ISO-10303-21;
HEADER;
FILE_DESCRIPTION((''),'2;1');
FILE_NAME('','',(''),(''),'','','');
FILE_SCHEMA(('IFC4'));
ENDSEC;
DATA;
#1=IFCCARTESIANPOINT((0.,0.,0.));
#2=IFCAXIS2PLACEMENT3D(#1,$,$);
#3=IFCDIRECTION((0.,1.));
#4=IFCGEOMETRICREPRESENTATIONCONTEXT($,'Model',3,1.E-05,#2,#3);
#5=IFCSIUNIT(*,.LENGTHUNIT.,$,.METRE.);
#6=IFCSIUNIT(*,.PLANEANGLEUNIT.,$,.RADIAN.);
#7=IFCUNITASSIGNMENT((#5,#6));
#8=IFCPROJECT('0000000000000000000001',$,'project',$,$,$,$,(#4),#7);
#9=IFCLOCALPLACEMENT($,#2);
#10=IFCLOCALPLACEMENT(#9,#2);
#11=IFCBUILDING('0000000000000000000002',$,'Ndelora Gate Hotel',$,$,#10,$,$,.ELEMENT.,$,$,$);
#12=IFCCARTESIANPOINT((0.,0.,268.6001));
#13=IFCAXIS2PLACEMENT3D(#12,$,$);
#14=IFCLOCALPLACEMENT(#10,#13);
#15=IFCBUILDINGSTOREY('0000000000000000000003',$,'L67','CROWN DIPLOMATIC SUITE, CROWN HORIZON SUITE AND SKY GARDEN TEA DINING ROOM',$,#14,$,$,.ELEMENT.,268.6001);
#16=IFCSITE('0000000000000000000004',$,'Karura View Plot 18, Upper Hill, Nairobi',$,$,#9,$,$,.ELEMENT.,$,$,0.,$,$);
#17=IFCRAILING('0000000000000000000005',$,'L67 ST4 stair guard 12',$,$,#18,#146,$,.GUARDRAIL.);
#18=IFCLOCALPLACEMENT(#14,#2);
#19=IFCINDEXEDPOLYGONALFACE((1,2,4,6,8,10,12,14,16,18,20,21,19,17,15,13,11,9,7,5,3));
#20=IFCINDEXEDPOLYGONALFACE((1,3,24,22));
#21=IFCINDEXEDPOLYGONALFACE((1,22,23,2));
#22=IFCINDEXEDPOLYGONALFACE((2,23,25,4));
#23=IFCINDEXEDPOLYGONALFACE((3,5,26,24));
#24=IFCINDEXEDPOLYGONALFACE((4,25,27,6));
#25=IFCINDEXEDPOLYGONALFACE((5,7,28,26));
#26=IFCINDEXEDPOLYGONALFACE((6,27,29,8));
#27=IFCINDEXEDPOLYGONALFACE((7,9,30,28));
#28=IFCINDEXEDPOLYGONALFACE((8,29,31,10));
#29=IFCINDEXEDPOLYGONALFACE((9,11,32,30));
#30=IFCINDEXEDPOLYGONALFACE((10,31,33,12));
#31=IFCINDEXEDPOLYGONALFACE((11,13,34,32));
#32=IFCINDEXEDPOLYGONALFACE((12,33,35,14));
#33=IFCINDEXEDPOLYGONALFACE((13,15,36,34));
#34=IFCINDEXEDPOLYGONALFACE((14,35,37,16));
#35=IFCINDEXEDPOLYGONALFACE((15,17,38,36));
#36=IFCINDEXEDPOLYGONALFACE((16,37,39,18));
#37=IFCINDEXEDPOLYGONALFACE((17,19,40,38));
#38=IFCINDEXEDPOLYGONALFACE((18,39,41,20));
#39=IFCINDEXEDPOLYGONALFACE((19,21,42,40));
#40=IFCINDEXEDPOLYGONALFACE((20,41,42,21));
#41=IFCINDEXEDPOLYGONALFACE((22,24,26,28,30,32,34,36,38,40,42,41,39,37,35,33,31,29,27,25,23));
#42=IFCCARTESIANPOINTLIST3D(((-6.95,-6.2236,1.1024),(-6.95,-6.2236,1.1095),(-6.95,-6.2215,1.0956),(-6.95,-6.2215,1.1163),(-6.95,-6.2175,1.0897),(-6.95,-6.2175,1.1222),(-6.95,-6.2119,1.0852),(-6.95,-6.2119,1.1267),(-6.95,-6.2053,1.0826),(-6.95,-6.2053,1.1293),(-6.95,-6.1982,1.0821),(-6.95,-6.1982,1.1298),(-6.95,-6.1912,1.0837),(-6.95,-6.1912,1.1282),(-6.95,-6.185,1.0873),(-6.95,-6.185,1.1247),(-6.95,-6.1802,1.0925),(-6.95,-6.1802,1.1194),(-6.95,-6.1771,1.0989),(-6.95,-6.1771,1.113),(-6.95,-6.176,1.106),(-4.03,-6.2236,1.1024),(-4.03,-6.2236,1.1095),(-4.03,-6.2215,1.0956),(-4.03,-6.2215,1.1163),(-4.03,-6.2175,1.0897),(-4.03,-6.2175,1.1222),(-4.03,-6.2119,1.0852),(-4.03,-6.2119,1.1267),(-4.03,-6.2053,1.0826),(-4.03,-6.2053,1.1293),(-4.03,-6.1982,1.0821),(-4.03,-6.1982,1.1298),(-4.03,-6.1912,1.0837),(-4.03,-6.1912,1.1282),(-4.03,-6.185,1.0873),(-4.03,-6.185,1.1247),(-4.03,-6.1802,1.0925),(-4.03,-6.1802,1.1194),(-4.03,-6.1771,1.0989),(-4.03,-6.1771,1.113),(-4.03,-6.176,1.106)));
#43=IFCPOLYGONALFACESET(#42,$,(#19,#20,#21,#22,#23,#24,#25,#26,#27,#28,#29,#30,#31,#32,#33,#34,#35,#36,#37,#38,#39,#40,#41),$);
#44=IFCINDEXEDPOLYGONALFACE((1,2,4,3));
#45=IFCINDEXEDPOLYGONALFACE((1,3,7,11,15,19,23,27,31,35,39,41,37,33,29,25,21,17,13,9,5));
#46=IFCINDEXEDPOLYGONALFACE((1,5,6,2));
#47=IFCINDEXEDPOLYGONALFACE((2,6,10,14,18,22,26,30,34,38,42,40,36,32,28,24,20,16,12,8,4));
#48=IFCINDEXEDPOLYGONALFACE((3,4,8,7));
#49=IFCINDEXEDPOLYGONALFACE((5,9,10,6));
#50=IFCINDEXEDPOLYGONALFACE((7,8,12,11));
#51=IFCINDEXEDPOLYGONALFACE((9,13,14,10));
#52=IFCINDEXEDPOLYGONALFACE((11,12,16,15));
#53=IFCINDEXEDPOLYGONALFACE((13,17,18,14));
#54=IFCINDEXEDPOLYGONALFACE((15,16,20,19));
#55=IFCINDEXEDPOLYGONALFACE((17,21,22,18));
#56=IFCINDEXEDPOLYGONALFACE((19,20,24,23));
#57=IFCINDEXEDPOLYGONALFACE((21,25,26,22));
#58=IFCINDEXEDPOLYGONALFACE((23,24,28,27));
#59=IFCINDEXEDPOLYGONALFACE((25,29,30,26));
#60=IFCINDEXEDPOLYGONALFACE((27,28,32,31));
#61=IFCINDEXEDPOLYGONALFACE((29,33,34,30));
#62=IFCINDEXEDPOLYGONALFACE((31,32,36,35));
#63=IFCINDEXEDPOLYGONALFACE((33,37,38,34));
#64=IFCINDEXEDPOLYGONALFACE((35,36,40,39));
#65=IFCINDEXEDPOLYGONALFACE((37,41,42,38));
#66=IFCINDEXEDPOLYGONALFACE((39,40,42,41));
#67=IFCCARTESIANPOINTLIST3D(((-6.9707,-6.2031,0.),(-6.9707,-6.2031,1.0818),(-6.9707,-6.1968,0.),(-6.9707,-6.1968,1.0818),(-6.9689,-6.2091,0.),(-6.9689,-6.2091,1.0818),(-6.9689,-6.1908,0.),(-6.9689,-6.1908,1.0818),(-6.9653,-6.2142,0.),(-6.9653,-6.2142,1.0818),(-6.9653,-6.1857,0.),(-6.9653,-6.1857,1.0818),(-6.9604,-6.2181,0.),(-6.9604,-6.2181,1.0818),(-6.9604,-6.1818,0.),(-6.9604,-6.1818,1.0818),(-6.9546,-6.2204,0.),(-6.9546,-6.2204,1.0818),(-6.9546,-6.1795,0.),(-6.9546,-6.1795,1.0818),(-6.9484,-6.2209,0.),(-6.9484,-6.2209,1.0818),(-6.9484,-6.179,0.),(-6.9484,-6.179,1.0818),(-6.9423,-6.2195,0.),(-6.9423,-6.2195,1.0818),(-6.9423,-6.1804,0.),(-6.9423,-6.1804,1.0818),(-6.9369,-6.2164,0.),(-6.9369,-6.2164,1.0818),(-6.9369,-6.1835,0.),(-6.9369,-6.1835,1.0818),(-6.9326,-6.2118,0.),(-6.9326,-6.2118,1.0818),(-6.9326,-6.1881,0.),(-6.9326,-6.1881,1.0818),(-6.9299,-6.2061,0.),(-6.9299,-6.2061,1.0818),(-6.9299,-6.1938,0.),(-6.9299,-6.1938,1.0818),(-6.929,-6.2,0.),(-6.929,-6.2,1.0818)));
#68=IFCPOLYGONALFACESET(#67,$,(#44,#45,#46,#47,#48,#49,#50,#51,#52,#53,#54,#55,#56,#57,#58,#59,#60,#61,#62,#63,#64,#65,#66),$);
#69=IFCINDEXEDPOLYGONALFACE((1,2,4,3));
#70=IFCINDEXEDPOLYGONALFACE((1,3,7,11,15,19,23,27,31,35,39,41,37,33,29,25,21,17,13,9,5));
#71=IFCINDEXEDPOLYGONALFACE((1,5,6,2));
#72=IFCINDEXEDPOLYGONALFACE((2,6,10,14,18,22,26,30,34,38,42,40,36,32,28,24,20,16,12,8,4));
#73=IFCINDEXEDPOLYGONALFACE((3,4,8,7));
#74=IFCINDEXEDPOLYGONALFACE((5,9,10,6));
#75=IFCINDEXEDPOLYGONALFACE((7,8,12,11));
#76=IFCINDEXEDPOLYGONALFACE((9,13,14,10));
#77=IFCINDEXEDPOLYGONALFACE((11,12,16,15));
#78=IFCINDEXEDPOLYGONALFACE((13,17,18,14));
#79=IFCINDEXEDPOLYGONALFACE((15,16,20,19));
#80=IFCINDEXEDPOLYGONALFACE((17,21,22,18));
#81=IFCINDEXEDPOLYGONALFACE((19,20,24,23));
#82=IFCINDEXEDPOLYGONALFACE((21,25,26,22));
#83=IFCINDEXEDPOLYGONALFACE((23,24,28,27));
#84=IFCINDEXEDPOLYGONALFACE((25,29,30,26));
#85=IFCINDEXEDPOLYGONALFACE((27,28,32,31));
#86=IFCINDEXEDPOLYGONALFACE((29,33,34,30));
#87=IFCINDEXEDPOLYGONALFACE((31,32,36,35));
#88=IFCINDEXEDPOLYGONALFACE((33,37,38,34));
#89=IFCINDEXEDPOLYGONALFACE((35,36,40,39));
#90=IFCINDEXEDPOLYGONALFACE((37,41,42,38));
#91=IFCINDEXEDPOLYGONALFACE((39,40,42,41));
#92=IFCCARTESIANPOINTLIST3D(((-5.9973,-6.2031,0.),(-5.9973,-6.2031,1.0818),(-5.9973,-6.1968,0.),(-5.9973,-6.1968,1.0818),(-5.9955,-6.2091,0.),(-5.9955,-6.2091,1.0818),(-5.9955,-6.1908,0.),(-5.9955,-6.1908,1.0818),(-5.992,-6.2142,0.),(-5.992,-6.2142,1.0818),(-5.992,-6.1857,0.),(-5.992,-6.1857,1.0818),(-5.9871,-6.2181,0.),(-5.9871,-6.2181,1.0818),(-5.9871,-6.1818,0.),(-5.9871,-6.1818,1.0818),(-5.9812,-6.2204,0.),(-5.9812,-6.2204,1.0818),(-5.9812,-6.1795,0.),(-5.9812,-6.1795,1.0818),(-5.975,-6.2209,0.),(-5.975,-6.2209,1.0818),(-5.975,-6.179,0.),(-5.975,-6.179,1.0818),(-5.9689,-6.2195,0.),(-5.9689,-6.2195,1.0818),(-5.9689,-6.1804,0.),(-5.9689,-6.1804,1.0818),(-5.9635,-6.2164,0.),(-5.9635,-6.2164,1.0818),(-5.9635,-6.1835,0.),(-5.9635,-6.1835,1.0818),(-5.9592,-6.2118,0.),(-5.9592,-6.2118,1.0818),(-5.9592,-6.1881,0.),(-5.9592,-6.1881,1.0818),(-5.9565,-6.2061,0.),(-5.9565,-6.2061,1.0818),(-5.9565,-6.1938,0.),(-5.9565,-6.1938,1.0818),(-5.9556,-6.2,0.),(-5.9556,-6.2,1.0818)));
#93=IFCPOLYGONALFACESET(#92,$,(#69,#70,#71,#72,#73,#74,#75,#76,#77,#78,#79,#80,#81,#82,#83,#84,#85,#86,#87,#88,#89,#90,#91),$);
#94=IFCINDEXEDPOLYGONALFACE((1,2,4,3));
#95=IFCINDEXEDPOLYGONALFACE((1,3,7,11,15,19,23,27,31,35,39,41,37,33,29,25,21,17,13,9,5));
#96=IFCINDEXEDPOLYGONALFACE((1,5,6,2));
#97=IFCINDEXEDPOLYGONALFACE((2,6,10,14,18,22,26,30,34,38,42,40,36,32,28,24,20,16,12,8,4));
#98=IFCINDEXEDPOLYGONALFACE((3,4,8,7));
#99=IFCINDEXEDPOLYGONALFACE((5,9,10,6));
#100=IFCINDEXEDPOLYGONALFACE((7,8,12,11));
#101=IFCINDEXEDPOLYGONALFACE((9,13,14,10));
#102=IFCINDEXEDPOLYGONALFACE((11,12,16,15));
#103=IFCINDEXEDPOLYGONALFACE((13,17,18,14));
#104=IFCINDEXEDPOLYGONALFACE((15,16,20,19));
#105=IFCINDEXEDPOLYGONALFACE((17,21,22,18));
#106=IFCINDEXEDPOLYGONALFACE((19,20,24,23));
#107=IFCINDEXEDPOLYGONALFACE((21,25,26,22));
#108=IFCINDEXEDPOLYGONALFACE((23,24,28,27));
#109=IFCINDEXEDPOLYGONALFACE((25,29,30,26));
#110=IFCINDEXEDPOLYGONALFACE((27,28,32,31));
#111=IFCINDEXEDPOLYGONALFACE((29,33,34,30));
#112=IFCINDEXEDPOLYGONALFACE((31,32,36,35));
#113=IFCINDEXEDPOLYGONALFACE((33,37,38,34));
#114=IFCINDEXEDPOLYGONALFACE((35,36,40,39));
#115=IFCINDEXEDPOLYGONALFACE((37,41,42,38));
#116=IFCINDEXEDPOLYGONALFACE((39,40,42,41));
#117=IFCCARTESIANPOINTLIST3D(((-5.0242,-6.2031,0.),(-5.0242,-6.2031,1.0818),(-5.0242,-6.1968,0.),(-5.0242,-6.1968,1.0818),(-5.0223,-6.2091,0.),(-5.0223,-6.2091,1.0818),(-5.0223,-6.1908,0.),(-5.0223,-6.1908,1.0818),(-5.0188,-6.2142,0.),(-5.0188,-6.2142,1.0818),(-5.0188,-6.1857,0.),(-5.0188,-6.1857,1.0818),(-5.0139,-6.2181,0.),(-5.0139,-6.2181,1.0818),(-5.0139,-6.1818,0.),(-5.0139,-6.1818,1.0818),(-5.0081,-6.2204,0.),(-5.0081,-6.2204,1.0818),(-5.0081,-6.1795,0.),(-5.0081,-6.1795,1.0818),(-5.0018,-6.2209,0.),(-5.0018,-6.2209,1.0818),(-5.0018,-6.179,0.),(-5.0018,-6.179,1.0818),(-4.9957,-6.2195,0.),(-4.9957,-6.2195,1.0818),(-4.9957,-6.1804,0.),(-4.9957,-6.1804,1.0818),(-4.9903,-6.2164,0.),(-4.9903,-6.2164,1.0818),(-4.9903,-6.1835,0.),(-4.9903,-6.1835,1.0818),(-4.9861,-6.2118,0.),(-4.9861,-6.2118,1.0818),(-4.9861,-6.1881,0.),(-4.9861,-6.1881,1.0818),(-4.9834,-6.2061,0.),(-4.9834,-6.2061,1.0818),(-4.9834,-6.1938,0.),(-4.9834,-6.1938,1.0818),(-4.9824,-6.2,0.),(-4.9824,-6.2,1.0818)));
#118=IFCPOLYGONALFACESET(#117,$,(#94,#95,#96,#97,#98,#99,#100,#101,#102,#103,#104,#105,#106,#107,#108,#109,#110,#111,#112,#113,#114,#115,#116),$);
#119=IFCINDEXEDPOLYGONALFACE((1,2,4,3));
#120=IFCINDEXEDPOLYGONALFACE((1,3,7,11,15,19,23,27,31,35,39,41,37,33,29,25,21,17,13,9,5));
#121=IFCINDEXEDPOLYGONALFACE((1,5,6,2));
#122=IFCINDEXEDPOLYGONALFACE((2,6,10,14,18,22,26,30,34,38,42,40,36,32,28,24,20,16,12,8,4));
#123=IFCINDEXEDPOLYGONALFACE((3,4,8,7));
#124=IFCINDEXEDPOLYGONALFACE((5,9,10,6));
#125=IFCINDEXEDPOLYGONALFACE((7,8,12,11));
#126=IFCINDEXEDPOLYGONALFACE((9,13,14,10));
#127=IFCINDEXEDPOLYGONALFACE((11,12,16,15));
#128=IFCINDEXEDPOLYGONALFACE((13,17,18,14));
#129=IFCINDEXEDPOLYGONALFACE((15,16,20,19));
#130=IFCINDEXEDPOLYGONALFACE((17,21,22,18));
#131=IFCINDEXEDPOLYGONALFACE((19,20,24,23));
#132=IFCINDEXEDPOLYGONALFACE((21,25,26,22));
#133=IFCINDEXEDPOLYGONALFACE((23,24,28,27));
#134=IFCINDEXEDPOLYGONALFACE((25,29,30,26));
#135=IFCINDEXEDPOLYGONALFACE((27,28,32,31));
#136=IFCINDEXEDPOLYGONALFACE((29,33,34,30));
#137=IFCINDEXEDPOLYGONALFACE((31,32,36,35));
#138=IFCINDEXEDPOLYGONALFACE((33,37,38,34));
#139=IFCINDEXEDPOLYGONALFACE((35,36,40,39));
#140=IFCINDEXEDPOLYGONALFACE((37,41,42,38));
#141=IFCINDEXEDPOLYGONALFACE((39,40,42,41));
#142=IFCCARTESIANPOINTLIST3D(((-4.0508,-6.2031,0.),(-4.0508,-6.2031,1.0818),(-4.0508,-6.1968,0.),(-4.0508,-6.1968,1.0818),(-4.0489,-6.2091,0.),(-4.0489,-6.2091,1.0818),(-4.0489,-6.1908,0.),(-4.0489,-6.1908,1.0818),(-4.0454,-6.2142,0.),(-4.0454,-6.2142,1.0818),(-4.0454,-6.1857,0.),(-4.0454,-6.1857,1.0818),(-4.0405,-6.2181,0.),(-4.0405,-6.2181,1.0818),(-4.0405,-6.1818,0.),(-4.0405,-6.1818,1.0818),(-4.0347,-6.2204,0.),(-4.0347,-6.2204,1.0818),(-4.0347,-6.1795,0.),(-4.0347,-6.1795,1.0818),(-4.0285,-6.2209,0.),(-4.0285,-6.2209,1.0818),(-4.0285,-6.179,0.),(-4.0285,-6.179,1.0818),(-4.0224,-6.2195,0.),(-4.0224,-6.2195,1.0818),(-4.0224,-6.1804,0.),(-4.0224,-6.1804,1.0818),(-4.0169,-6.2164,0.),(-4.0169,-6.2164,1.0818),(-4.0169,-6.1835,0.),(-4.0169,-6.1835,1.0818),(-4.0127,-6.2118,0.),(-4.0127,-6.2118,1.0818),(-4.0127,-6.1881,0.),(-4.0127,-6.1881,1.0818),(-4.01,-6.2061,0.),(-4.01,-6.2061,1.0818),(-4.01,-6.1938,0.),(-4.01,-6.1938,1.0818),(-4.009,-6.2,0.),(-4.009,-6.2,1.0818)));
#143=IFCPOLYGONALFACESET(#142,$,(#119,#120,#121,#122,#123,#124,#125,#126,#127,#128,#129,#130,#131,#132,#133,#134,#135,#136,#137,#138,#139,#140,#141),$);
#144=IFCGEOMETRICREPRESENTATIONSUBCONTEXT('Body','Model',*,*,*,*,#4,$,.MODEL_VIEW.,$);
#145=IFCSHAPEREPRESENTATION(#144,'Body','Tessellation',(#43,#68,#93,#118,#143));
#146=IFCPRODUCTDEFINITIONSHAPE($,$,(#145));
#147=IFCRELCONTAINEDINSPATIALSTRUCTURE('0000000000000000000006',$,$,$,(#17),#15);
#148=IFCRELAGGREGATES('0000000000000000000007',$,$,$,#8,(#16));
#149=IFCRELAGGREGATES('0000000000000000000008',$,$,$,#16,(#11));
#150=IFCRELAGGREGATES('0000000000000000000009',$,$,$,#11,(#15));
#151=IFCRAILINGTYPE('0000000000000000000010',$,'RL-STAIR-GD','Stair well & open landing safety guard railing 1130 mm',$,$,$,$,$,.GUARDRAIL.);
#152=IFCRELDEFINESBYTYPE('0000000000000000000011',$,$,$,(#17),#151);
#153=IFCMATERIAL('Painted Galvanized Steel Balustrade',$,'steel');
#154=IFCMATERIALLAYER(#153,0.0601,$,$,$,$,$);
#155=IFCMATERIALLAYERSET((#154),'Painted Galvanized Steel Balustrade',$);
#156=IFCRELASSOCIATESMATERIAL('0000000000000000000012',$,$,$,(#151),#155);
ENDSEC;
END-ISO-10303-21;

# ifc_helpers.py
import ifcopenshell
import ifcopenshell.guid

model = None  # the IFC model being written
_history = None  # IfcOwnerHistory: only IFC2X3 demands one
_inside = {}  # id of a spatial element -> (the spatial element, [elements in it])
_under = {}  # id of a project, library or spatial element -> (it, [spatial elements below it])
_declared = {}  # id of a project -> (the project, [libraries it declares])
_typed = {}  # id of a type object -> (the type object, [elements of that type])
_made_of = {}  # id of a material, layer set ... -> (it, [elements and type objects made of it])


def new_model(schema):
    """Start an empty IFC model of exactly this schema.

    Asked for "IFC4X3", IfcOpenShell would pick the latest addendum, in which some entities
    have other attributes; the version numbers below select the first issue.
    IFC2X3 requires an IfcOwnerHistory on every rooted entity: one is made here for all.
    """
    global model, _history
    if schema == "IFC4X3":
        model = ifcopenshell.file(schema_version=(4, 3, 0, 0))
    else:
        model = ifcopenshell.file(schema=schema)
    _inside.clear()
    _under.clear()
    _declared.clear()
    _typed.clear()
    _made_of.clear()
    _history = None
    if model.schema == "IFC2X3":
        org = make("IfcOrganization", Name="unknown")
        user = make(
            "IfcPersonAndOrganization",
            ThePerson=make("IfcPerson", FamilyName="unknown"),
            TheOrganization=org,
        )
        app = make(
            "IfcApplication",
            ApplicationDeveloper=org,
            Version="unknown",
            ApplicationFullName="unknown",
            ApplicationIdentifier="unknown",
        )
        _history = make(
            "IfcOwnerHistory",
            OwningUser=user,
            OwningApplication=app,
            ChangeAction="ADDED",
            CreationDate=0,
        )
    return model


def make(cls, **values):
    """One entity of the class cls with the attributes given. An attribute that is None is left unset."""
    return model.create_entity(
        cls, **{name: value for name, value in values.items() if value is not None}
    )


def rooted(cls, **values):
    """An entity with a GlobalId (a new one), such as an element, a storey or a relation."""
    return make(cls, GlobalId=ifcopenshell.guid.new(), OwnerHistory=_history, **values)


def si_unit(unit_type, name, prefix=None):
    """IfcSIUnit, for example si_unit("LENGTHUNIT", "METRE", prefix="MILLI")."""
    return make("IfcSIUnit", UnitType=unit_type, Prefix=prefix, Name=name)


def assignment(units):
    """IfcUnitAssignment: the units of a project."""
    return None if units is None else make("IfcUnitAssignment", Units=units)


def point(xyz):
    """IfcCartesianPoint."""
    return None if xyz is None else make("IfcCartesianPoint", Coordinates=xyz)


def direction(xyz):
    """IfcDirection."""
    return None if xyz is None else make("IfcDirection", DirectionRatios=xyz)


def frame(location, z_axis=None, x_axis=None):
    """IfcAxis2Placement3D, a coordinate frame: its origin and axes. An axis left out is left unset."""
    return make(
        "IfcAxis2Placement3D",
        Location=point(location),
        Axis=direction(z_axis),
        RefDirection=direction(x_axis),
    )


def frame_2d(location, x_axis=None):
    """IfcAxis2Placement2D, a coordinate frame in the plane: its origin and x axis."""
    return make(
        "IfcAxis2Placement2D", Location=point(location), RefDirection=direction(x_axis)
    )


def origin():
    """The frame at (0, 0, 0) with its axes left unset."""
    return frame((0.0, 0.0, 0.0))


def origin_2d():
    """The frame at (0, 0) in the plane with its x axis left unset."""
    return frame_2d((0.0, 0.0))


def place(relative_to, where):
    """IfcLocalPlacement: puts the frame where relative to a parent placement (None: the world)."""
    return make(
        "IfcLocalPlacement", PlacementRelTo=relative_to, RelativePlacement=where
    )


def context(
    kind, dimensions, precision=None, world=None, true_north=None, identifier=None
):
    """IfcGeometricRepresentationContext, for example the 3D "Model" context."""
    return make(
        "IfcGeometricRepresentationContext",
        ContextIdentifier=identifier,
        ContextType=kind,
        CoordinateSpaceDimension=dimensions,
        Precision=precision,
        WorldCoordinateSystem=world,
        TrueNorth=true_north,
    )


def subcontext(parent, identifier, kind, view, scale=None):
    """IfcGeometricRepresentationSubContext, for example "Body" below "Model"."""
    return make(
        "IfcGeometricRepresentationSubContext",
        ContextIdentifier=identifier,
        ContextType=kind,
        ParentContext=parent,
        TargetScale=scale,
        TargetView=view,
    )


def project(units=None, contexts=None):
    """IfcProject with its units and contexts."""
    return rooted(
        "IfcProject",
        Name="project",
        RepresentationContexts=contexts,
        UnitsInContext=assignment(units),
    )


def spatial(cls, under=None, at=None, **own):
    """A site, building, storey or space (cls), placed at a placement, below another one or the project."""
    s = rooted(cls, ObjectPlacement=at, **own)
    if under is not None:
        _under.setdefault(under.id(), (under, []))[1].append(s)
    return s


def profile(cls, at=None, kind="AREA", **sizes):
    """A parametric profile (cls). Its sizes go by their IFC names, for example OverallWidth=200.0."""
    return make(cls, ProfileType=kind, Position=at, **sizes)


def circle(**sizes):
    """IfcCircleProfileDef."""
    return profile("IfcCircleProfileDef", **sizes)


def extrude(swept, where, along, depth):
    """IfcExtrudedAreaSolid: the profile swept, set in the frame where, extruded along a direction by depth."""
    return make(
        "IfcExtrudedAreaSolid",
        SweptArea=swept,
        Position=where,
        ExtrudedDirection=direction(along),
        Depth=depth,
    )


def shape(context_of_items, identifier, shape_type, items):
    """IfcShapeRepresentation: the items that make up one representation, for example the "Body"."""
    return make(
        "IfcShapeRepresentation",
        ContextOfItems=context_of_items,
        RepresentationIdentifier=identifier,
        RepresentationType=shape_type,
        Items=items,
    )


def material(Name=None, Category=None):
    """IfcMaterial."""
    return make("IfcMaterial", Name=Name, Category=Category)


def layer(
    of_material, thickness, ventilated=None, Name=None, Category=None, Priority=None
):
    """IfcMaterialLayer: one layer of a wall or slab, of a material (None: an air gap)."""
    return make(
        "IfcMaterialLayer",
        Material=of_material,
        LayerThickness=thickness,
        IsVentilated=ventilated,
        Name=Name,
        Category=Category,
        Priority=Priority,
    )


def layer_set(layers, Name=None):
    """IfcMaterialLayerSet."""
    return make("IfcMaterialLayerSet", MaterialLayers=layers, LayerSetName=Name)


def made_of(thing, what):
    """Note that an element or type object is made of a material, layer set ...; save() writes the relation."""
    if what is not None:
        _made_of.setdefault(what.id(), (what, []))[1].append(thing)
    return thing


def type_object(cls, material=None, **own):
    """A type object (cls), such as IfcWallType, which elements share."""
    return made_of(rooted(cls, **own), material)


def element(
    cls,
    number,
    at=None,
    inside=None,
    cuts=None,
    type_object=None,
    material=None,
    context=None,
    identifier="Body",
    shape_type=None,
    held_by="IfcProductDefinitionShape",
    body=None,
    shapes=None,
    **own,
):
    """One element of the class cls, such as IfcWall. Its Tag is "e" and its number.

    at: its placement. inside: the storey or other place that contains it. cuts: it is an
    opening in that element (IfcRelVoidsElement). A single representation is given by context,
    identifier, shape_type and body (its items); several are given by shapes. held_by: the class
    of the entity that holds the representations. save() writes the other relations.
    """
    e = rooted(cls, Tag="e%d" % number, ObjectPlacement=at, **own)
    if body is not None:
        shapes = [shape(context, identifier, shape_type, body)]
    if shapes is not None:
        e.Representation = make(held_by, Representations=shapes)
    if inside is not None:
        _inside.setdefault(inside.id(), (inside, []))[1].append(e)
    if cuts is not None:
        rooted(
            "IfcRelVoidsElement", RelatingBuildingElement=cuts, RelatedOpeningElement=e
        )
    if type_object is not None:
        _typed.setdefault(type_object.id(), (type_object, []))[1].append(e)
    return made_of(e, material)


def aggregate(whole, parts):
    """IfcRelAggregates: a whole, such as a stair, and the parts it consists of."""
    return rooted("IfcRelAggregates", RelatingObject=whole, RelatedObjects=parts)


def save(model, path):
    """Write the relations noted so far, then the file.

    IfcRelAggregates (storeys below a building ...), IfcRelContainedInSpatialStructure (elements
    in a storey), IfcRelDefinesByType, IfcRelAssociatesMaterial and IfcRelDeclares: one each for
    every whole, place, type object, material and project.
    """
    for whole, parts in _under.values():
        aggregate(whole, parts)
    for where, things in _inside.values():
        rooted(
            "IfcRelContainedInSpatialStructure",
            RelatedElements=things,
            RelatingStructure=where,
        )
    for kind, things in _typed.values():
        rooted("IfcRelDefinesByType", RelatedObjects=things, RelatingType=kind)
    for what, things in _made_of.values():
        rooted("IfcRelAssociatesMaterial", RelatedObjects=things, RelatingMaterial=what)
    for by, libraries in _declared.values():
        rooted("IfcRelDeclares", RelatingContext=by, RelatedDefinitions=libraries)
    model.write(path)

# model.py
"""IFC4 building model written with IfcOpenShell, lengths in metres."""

from ifc_helpers import new_model, si_unit, direction, frame, origin, origin_2d, place, context, subcontext, project, spatial, circle, extrude, material, layer, layer_set, type_object, element, save


model = new_model("IFC4")

# Units and contexts
model_context = context("Model", 3, precision=1e-05, world=origin(), true_north=direction((0.0, 1.0)))
body_context = subcontext(model_context, "Body", "Model", "MODEL_VIEW")
ifc_project = project(units=[si_unit("LENGTHUNIT", "METRE"), si_unit("PLANEANGLEUNIT", "RADIAN")], contexts=[model_context])

# Site, building, storey
site_placement = place(None, origin())
site = spatial("IfcSite", under=ifc_project, at=site_placement, Name="Karura View Plot 18, Upper Hill, Nairobi", CompositionType="ELEMENT", RefElevation=0.0)
building_placement = place(site_placement, origin())
building = spatial("IfcBuilding", under=site, at=building_placement, Name="Ndelora Gate Hotel", CompositionType="ELEMENT")
storey_placement = place(building_placement, frame((0.0, 0.0, 268.6001)))
storey = spatial("IfcBuildingStorey", under=building, at=storey_placement, Name="L67", Description="CROWN DIPLOMATIC SUITE, CROWN HORIZON SUITE AND SKY GARDEN TEA DINING ROOM", CompositionType="ELEMENT", Elevation=268.6001)

# Railing
ifc_material_1 = material(Name="Painted Galvanized Steel Balustrade", Category="steel")
ifc_layer_1 = layer(ifc_material_1, 0.0601)
ifc_layer_set_1 = layer_set([ifc_layer_1], Name="Painted Galvanized Steel Balustrade")
railing_type_1 = type_object("IfcRailingType", Name="RL-STAIR-GD", Description="Stair well & open landing safety guard railing 1130 mm", PredefinedType="GUARDRAIL", material=ifc_layer_set_1)
railing_1_placement = place(storey_placement, frame((-6.95, -6.2, 0.0)))
element("IfcRailing", 1, at=railing_1_placement, inside=storey, type_object=railing_type_1, Name="L67 ST4 stair guard 12", PredefinedType="GUARDRAIL", context=body_context, shape_type="SweptSolid", body=[
    extrude(circle(Radius=0.0239, at=origin_2d()), frame((0.0, 0.0, 1.106), z_axis=(1.0, 0.0, 0.0), x_axis=(0.0, 1.0, 0.0)), (0.0, 0.0, 1.0), 2.9199),
    extrude(circle(Radius=0.021, at=origin_2d()), origin(), (0.0, 0.0, 1.0), 1.0818),
    extrude(circle(Radius=0.021, at=origin_2d()), frame((0.9734, 0.0, 0.0)), (0.0, 0.0, 1.0), 1.0818),
    extrude(circle(Radius=0.021, at=origin_2d()), frame((1.9465, 0.0, 0.0)), (0.0, 0.0, 1.0), 1.0818),
    extrude(circle(Radius=0.021, at=origin_2d()), frame((2.9199, 0.0, 0.0)), (0.0, 0.0, 1.0), 1.0818),
])

save(model, "model.ifc")
